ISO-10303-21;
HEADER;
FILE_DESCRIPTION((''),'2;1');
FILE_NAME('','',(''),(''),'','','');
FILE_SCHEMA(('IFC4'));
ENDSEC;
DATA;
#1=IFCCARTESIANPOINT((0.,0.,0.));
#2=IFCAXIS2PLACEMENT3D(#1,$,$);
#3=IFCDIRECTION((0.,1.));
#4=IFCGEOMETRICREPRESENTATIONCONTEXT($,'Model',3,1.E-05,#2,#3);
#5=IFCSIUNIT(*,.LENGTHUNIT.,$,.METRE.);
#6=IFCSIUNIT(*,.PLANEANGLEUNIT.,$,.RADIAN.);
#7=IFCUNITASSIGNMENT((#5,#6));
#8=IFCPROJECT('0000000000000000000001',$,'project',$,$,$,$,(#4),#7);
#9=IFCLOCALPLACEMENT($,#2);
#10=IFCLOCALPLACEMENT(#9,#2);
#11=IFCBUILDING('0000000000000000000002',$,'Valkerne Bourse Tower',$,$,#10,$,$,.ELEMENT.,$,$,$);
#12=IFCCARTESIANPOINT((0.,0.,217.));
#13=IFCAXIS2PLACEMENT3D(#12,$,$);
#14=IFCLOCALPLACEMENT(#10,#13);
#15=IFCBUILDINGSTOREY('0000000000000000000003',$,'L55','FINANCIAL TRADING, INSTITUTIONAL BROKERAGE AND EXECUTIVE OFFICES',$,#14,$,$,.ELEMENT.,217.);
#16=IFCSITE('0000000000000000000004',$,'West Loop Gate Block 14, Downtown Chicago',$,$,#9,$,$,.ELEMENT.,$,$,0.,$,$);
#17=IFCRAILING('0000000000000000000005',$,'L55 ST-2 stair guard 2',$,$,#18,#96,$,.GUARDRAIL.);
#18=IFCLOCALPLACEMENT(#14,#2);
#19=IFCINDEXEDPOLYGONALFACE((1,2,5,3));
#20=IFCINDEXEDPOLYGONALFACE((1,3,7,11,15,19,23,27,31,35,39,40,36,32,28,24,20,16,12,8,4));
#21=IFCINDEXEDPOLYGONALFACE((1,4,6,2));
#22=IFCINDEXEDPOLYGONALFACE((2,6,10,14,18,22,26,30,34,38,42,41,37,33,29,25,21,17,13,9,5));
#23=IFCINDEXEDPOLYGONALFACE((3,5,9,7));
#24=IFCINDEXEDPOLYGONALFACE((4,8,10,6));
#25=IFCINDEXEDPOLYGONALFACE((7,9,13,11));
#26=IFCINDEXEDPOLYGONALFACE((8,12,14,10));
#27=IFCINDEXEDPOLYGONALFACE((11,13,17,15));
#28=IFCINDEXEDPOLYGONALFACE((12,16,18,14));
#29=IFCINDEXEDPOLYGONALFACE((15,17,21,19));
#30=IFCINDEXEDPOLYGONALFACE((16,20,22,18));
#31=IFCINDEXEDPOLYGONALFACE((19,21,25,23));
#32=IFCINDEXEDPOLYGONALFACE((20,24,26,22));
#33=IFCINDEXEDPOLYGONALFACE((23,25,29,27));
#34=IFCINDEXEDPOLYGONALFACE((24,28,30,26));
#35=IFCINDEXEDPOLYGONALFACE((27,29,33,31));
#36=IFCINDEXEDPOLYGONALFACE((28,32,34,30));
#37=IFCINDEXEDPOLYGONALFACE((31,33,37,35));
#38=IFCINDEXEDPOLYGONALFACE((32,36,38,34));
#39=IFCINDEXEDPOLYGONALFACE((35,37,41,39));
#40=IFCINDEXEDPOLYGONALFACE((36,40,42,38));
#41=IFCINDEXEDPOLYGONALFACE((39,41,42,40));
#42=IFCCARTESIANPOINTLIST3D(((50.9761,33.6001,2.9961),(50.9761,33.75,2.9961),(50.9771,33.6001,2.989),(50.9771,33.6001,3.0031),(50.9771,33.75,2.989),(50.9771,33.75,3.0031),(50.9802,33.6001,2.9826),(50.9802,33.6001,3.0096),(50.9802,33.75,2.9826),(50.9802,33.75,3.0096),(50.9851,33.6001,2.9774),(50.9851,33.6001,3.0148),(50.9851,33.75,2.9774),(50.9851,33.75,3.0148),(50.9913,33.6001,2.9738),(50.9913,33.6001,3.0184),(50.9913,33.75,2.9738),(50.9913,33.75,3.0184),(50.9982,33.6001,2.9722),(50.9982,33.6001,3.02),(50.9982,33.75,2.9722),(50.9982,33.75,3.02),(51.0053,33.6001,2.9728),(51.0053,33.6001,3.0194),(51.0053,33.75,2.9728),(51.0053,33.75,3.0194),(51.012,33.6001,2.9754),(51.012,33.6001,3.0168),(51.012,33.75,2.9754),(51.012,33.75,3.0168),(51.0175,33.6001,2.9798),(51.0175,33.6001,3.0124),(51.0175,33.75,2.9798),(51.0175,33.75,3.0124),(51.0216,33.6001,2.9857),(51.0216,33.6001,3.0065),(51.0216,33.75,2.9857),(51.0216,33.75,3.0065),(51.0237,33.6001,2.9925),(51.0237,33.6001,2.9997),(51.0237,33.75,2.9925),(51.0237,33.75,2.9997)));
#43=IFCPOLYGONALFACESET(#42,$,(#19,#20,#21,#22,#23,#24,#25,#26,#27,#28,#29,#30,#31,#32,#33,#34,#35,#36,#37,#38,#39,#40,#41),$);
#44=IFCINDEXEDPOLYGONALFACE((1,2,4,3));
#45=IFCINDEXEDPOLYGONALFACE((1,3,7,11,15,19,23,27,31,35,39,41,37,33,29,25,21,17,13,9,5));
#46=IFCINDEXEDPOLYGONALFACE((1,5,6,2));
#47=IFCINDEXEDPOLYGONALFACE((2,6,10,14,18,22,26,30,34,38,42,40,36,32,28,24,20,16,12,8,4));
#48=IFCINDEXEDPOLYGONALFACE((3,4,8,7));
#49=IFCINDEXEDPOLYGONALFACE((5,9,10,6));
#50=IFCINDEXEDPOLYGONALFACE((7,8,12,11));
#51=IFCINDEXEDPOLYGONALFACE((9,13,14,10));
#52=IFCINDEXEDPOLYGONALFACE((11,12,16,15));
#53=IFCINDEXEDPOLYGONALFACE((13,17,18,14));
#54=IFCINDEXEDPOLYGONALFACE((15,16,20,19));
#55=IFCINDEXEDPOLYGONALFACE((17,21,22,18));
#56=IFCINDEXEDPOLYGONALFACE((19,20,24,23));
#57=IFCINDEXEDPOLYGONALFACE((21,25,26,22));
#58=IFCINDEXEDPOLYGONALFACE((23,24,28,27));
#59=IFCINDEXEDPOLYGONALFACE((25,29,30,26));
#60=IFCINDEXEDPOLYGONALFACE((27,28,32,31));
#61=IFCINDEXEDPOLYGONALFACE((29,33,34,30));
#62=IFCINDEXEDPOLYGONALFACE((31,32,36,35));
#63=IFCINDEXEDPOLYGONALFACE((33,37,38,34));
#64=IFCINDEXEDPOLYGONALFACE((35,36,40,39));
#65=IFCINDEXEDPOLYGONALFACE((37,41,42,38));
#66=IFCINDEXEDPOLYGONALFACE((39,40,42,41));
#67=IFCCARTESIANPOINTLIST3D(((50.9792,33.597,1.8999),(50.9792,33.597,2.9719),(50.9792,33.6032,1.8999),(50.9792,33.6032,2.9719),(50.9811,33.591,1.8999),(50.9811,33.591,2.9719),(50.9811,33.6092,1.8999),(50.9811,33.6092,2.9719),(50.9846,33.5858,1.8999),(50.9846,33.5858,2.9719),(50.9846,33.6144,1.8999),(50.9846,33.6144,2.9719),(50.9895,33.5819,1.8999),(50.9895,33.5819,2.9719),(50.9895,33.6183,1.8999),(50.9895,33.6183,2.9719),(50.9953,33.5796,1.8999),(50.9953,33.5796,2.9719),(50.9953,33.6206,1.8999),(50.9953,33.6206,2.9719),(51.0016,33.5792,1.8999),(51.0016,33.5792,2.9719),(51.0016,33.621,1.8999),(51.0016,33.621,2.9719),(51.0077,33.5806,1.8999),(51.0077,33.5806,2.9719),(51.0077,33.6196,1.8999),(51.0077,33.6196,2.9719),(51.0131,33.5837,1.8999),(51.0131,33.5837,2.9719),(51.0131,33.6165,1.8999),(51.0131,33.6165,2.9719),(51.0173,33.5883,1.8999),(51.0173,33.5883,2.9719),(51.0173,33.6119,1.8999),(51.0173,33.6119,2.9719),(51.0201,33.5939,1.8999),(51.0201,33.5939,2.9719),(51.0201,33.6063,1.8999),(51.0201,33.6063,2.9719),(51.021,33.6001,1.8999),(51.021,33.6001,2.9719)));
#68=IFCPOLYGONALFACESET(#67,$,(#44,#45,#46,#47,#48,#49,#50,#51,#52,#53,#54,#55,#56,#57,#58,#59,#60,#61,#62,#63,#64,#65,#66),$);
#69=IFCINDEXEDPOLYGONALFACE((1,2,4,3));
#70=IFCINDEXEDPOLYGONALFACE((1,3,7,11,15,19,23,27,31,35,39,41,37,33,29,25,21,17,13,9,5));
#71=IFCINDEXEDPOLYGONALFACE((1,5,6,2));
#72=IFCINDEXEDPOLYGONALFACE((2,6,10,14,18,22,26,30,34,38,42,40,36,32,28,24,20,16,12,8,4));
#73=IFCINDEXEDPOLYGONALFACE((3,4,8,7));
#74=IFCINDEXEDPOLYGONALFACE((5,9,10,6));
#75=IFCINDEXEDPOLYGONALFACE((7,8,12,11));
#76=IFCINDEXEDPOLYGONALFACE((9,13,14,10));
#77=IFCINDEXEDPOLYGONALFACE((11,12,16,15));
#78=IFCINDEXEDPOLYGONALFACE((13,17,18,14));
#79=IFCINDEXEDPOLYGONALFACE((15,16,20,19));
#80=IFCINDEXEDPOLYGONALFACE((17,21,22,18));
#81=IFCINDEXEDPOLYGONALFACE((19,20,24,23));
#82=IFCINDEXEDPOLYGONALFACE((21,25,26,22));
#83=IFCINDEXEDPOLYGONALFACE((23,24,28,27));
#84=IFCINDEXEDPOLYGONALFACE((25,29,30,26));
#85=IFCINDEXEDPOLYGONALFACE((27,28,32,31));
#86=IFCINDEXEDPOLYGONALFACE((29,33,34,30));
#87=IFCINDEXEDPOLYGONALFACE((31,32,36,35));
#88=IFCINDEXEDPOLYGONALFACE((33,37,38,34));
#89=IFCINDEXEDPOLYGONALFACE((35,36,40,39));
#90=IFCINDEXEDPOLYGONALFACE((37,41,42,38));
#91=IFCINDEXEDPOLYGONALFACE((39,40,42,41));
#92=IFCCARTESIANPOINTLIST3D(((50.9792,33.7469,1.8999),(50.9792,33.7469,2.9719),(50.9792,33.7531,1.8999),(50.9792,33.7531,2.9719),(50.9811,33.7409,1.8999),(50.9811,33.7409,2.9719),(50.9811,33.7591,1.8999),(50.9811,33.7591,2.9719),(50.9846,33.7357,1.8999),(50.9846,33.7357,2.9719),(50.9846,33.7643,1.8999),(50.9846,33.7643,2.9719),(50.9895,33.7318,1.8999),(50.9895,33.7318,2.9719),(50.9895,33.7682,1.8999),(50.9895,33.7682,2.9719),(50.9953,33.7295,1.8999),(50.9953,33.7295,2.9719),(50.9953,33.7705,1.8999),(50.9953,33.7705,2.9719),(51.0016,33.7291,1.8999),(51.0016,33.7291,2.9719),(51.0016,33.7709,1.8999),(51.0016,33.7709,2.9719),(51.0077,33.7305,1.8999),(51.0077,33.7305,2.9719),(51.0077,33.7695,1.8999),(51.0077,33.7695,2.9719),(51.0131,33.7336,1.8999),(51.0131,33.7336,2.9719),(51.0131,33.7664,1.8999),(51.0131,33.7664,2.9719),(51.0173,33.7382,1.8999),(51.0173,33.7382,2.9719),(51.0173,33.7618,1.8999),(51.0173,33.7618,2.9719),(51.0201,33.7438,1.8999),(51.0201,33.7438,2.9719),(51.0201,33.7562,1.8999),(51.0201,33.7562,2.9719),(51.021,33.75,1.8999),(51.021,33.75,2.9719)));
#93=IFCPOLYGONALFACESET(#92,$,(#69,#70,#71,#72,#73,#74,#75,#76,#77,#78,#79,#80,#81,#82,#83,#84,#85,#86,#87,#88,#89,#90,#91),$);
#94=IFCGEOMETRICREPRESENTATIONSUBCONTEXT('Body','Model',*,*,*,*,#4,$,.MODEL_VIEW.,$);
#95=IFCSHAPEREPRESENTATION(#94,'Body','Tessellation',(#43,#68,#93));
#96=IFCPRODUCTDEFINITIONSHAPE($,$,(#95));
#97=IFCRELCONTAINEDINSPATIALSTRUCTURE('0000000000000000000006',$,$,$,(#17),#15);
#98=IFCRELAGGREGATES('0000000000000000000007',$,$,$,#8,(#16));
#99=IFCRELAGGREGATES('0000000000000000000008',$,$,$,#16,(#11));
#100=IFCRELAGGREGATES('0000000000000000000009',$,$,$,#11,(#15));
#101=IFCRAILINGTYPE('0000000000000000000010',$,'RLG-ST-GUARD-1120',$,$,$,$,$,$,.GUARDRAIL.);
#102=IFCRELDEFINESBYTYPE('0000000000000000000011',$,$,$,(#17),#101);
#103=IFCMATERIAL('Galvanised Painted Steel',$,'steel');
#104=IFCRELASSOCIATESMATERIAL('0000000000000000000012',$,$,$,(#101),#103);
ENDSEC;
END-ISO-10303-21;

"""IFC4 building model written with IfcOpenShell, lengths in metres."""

from ifc_helpers import new_model, si_unit, direction, frame, origin, origin_2d, place, context, subcontext, project, spatial, circle, extrude, material, type_object, element, save


model = new_model("IFC4")

# Units and contexts
model_context = context("Model", 3, precision=1e-05, world=origin(), true_north=direction((0.0, 1.0)))
body_context = subcontext(model_context, "Body", "Model", "MODEL_VIEW")
ifc_project = project(units=[si_unit("LENGTHUNIT", "METRE"), si_unit("PLANEANGLEUNIT", "RADIAN")], contexts=[model_context])

# Site, building, storey
site_placement = place(None, origin())
site = spatial("IfcSite", under=ifc_project, at=site_placement, Name="West Loop Gate Block 14, Downtown Chicago", CompositionType="ELEMENT", RefElevation=0.0)
building_placement = place(site_placement, origin())
building = spatial("IfcBuilding", under=site, at=building_placement, Name="Valkerne Bourse Tower", CompositionType="ELEMENT")
storey_placement = place(building_placement, frame((0.0, 0.0, 217.0)))
storey = spatial("IfcBuildingStorey", under=building, at=storey_placement, Name="L55", Description="FINANCIAL TRADING, INSTITUTIONAL BROKERAGE AND EXECUTIVE OFFICES", CompositionType="ELEMENT", Elevation=217.0)

# Railing
ifc_material_1 = material(Name="Galvanised Painted Steel", Category="steel")
railing_type_1 = type_object("IfcRailingType", Name="RLG-ST-GUARD-1120", PredefinedType="GUARDRAIL", material=ifc_material_1)
railing_1_placement = place(storey_placement, frame((51.0, 33.6001, 1.8999)))
element("IfcRailing", 1, at=railing_1_placement, inside=storey, type_object=railing_type_1, Name="L55 ST-2 stair guard 2", PredefinedType="GUARDRAIL", context=body_context, shape_type="SweptSolid", body=[
    extrude(circle(Radius=0.0239, at=origin_2d()), frame((0.0, 0.0, 1.0962), z_axis=(0.0, 1.0, 0.0), x_axis=(-1.0, 0.0, 0.0)), (0.0, 0.0, 1.0), 0.1499),
    extrude(circle(Radius=0.021, at=origin_2d()), origin(), (0.0, 0.0, 1.0), 1.072),
    extrude(circle(Radius=0.021, at=origin_2d()), frame((0.0, 0.1499, 0.0)), (0.0, 0.0, 1.0), 1.072),
])

save(model, "model.ifc")
